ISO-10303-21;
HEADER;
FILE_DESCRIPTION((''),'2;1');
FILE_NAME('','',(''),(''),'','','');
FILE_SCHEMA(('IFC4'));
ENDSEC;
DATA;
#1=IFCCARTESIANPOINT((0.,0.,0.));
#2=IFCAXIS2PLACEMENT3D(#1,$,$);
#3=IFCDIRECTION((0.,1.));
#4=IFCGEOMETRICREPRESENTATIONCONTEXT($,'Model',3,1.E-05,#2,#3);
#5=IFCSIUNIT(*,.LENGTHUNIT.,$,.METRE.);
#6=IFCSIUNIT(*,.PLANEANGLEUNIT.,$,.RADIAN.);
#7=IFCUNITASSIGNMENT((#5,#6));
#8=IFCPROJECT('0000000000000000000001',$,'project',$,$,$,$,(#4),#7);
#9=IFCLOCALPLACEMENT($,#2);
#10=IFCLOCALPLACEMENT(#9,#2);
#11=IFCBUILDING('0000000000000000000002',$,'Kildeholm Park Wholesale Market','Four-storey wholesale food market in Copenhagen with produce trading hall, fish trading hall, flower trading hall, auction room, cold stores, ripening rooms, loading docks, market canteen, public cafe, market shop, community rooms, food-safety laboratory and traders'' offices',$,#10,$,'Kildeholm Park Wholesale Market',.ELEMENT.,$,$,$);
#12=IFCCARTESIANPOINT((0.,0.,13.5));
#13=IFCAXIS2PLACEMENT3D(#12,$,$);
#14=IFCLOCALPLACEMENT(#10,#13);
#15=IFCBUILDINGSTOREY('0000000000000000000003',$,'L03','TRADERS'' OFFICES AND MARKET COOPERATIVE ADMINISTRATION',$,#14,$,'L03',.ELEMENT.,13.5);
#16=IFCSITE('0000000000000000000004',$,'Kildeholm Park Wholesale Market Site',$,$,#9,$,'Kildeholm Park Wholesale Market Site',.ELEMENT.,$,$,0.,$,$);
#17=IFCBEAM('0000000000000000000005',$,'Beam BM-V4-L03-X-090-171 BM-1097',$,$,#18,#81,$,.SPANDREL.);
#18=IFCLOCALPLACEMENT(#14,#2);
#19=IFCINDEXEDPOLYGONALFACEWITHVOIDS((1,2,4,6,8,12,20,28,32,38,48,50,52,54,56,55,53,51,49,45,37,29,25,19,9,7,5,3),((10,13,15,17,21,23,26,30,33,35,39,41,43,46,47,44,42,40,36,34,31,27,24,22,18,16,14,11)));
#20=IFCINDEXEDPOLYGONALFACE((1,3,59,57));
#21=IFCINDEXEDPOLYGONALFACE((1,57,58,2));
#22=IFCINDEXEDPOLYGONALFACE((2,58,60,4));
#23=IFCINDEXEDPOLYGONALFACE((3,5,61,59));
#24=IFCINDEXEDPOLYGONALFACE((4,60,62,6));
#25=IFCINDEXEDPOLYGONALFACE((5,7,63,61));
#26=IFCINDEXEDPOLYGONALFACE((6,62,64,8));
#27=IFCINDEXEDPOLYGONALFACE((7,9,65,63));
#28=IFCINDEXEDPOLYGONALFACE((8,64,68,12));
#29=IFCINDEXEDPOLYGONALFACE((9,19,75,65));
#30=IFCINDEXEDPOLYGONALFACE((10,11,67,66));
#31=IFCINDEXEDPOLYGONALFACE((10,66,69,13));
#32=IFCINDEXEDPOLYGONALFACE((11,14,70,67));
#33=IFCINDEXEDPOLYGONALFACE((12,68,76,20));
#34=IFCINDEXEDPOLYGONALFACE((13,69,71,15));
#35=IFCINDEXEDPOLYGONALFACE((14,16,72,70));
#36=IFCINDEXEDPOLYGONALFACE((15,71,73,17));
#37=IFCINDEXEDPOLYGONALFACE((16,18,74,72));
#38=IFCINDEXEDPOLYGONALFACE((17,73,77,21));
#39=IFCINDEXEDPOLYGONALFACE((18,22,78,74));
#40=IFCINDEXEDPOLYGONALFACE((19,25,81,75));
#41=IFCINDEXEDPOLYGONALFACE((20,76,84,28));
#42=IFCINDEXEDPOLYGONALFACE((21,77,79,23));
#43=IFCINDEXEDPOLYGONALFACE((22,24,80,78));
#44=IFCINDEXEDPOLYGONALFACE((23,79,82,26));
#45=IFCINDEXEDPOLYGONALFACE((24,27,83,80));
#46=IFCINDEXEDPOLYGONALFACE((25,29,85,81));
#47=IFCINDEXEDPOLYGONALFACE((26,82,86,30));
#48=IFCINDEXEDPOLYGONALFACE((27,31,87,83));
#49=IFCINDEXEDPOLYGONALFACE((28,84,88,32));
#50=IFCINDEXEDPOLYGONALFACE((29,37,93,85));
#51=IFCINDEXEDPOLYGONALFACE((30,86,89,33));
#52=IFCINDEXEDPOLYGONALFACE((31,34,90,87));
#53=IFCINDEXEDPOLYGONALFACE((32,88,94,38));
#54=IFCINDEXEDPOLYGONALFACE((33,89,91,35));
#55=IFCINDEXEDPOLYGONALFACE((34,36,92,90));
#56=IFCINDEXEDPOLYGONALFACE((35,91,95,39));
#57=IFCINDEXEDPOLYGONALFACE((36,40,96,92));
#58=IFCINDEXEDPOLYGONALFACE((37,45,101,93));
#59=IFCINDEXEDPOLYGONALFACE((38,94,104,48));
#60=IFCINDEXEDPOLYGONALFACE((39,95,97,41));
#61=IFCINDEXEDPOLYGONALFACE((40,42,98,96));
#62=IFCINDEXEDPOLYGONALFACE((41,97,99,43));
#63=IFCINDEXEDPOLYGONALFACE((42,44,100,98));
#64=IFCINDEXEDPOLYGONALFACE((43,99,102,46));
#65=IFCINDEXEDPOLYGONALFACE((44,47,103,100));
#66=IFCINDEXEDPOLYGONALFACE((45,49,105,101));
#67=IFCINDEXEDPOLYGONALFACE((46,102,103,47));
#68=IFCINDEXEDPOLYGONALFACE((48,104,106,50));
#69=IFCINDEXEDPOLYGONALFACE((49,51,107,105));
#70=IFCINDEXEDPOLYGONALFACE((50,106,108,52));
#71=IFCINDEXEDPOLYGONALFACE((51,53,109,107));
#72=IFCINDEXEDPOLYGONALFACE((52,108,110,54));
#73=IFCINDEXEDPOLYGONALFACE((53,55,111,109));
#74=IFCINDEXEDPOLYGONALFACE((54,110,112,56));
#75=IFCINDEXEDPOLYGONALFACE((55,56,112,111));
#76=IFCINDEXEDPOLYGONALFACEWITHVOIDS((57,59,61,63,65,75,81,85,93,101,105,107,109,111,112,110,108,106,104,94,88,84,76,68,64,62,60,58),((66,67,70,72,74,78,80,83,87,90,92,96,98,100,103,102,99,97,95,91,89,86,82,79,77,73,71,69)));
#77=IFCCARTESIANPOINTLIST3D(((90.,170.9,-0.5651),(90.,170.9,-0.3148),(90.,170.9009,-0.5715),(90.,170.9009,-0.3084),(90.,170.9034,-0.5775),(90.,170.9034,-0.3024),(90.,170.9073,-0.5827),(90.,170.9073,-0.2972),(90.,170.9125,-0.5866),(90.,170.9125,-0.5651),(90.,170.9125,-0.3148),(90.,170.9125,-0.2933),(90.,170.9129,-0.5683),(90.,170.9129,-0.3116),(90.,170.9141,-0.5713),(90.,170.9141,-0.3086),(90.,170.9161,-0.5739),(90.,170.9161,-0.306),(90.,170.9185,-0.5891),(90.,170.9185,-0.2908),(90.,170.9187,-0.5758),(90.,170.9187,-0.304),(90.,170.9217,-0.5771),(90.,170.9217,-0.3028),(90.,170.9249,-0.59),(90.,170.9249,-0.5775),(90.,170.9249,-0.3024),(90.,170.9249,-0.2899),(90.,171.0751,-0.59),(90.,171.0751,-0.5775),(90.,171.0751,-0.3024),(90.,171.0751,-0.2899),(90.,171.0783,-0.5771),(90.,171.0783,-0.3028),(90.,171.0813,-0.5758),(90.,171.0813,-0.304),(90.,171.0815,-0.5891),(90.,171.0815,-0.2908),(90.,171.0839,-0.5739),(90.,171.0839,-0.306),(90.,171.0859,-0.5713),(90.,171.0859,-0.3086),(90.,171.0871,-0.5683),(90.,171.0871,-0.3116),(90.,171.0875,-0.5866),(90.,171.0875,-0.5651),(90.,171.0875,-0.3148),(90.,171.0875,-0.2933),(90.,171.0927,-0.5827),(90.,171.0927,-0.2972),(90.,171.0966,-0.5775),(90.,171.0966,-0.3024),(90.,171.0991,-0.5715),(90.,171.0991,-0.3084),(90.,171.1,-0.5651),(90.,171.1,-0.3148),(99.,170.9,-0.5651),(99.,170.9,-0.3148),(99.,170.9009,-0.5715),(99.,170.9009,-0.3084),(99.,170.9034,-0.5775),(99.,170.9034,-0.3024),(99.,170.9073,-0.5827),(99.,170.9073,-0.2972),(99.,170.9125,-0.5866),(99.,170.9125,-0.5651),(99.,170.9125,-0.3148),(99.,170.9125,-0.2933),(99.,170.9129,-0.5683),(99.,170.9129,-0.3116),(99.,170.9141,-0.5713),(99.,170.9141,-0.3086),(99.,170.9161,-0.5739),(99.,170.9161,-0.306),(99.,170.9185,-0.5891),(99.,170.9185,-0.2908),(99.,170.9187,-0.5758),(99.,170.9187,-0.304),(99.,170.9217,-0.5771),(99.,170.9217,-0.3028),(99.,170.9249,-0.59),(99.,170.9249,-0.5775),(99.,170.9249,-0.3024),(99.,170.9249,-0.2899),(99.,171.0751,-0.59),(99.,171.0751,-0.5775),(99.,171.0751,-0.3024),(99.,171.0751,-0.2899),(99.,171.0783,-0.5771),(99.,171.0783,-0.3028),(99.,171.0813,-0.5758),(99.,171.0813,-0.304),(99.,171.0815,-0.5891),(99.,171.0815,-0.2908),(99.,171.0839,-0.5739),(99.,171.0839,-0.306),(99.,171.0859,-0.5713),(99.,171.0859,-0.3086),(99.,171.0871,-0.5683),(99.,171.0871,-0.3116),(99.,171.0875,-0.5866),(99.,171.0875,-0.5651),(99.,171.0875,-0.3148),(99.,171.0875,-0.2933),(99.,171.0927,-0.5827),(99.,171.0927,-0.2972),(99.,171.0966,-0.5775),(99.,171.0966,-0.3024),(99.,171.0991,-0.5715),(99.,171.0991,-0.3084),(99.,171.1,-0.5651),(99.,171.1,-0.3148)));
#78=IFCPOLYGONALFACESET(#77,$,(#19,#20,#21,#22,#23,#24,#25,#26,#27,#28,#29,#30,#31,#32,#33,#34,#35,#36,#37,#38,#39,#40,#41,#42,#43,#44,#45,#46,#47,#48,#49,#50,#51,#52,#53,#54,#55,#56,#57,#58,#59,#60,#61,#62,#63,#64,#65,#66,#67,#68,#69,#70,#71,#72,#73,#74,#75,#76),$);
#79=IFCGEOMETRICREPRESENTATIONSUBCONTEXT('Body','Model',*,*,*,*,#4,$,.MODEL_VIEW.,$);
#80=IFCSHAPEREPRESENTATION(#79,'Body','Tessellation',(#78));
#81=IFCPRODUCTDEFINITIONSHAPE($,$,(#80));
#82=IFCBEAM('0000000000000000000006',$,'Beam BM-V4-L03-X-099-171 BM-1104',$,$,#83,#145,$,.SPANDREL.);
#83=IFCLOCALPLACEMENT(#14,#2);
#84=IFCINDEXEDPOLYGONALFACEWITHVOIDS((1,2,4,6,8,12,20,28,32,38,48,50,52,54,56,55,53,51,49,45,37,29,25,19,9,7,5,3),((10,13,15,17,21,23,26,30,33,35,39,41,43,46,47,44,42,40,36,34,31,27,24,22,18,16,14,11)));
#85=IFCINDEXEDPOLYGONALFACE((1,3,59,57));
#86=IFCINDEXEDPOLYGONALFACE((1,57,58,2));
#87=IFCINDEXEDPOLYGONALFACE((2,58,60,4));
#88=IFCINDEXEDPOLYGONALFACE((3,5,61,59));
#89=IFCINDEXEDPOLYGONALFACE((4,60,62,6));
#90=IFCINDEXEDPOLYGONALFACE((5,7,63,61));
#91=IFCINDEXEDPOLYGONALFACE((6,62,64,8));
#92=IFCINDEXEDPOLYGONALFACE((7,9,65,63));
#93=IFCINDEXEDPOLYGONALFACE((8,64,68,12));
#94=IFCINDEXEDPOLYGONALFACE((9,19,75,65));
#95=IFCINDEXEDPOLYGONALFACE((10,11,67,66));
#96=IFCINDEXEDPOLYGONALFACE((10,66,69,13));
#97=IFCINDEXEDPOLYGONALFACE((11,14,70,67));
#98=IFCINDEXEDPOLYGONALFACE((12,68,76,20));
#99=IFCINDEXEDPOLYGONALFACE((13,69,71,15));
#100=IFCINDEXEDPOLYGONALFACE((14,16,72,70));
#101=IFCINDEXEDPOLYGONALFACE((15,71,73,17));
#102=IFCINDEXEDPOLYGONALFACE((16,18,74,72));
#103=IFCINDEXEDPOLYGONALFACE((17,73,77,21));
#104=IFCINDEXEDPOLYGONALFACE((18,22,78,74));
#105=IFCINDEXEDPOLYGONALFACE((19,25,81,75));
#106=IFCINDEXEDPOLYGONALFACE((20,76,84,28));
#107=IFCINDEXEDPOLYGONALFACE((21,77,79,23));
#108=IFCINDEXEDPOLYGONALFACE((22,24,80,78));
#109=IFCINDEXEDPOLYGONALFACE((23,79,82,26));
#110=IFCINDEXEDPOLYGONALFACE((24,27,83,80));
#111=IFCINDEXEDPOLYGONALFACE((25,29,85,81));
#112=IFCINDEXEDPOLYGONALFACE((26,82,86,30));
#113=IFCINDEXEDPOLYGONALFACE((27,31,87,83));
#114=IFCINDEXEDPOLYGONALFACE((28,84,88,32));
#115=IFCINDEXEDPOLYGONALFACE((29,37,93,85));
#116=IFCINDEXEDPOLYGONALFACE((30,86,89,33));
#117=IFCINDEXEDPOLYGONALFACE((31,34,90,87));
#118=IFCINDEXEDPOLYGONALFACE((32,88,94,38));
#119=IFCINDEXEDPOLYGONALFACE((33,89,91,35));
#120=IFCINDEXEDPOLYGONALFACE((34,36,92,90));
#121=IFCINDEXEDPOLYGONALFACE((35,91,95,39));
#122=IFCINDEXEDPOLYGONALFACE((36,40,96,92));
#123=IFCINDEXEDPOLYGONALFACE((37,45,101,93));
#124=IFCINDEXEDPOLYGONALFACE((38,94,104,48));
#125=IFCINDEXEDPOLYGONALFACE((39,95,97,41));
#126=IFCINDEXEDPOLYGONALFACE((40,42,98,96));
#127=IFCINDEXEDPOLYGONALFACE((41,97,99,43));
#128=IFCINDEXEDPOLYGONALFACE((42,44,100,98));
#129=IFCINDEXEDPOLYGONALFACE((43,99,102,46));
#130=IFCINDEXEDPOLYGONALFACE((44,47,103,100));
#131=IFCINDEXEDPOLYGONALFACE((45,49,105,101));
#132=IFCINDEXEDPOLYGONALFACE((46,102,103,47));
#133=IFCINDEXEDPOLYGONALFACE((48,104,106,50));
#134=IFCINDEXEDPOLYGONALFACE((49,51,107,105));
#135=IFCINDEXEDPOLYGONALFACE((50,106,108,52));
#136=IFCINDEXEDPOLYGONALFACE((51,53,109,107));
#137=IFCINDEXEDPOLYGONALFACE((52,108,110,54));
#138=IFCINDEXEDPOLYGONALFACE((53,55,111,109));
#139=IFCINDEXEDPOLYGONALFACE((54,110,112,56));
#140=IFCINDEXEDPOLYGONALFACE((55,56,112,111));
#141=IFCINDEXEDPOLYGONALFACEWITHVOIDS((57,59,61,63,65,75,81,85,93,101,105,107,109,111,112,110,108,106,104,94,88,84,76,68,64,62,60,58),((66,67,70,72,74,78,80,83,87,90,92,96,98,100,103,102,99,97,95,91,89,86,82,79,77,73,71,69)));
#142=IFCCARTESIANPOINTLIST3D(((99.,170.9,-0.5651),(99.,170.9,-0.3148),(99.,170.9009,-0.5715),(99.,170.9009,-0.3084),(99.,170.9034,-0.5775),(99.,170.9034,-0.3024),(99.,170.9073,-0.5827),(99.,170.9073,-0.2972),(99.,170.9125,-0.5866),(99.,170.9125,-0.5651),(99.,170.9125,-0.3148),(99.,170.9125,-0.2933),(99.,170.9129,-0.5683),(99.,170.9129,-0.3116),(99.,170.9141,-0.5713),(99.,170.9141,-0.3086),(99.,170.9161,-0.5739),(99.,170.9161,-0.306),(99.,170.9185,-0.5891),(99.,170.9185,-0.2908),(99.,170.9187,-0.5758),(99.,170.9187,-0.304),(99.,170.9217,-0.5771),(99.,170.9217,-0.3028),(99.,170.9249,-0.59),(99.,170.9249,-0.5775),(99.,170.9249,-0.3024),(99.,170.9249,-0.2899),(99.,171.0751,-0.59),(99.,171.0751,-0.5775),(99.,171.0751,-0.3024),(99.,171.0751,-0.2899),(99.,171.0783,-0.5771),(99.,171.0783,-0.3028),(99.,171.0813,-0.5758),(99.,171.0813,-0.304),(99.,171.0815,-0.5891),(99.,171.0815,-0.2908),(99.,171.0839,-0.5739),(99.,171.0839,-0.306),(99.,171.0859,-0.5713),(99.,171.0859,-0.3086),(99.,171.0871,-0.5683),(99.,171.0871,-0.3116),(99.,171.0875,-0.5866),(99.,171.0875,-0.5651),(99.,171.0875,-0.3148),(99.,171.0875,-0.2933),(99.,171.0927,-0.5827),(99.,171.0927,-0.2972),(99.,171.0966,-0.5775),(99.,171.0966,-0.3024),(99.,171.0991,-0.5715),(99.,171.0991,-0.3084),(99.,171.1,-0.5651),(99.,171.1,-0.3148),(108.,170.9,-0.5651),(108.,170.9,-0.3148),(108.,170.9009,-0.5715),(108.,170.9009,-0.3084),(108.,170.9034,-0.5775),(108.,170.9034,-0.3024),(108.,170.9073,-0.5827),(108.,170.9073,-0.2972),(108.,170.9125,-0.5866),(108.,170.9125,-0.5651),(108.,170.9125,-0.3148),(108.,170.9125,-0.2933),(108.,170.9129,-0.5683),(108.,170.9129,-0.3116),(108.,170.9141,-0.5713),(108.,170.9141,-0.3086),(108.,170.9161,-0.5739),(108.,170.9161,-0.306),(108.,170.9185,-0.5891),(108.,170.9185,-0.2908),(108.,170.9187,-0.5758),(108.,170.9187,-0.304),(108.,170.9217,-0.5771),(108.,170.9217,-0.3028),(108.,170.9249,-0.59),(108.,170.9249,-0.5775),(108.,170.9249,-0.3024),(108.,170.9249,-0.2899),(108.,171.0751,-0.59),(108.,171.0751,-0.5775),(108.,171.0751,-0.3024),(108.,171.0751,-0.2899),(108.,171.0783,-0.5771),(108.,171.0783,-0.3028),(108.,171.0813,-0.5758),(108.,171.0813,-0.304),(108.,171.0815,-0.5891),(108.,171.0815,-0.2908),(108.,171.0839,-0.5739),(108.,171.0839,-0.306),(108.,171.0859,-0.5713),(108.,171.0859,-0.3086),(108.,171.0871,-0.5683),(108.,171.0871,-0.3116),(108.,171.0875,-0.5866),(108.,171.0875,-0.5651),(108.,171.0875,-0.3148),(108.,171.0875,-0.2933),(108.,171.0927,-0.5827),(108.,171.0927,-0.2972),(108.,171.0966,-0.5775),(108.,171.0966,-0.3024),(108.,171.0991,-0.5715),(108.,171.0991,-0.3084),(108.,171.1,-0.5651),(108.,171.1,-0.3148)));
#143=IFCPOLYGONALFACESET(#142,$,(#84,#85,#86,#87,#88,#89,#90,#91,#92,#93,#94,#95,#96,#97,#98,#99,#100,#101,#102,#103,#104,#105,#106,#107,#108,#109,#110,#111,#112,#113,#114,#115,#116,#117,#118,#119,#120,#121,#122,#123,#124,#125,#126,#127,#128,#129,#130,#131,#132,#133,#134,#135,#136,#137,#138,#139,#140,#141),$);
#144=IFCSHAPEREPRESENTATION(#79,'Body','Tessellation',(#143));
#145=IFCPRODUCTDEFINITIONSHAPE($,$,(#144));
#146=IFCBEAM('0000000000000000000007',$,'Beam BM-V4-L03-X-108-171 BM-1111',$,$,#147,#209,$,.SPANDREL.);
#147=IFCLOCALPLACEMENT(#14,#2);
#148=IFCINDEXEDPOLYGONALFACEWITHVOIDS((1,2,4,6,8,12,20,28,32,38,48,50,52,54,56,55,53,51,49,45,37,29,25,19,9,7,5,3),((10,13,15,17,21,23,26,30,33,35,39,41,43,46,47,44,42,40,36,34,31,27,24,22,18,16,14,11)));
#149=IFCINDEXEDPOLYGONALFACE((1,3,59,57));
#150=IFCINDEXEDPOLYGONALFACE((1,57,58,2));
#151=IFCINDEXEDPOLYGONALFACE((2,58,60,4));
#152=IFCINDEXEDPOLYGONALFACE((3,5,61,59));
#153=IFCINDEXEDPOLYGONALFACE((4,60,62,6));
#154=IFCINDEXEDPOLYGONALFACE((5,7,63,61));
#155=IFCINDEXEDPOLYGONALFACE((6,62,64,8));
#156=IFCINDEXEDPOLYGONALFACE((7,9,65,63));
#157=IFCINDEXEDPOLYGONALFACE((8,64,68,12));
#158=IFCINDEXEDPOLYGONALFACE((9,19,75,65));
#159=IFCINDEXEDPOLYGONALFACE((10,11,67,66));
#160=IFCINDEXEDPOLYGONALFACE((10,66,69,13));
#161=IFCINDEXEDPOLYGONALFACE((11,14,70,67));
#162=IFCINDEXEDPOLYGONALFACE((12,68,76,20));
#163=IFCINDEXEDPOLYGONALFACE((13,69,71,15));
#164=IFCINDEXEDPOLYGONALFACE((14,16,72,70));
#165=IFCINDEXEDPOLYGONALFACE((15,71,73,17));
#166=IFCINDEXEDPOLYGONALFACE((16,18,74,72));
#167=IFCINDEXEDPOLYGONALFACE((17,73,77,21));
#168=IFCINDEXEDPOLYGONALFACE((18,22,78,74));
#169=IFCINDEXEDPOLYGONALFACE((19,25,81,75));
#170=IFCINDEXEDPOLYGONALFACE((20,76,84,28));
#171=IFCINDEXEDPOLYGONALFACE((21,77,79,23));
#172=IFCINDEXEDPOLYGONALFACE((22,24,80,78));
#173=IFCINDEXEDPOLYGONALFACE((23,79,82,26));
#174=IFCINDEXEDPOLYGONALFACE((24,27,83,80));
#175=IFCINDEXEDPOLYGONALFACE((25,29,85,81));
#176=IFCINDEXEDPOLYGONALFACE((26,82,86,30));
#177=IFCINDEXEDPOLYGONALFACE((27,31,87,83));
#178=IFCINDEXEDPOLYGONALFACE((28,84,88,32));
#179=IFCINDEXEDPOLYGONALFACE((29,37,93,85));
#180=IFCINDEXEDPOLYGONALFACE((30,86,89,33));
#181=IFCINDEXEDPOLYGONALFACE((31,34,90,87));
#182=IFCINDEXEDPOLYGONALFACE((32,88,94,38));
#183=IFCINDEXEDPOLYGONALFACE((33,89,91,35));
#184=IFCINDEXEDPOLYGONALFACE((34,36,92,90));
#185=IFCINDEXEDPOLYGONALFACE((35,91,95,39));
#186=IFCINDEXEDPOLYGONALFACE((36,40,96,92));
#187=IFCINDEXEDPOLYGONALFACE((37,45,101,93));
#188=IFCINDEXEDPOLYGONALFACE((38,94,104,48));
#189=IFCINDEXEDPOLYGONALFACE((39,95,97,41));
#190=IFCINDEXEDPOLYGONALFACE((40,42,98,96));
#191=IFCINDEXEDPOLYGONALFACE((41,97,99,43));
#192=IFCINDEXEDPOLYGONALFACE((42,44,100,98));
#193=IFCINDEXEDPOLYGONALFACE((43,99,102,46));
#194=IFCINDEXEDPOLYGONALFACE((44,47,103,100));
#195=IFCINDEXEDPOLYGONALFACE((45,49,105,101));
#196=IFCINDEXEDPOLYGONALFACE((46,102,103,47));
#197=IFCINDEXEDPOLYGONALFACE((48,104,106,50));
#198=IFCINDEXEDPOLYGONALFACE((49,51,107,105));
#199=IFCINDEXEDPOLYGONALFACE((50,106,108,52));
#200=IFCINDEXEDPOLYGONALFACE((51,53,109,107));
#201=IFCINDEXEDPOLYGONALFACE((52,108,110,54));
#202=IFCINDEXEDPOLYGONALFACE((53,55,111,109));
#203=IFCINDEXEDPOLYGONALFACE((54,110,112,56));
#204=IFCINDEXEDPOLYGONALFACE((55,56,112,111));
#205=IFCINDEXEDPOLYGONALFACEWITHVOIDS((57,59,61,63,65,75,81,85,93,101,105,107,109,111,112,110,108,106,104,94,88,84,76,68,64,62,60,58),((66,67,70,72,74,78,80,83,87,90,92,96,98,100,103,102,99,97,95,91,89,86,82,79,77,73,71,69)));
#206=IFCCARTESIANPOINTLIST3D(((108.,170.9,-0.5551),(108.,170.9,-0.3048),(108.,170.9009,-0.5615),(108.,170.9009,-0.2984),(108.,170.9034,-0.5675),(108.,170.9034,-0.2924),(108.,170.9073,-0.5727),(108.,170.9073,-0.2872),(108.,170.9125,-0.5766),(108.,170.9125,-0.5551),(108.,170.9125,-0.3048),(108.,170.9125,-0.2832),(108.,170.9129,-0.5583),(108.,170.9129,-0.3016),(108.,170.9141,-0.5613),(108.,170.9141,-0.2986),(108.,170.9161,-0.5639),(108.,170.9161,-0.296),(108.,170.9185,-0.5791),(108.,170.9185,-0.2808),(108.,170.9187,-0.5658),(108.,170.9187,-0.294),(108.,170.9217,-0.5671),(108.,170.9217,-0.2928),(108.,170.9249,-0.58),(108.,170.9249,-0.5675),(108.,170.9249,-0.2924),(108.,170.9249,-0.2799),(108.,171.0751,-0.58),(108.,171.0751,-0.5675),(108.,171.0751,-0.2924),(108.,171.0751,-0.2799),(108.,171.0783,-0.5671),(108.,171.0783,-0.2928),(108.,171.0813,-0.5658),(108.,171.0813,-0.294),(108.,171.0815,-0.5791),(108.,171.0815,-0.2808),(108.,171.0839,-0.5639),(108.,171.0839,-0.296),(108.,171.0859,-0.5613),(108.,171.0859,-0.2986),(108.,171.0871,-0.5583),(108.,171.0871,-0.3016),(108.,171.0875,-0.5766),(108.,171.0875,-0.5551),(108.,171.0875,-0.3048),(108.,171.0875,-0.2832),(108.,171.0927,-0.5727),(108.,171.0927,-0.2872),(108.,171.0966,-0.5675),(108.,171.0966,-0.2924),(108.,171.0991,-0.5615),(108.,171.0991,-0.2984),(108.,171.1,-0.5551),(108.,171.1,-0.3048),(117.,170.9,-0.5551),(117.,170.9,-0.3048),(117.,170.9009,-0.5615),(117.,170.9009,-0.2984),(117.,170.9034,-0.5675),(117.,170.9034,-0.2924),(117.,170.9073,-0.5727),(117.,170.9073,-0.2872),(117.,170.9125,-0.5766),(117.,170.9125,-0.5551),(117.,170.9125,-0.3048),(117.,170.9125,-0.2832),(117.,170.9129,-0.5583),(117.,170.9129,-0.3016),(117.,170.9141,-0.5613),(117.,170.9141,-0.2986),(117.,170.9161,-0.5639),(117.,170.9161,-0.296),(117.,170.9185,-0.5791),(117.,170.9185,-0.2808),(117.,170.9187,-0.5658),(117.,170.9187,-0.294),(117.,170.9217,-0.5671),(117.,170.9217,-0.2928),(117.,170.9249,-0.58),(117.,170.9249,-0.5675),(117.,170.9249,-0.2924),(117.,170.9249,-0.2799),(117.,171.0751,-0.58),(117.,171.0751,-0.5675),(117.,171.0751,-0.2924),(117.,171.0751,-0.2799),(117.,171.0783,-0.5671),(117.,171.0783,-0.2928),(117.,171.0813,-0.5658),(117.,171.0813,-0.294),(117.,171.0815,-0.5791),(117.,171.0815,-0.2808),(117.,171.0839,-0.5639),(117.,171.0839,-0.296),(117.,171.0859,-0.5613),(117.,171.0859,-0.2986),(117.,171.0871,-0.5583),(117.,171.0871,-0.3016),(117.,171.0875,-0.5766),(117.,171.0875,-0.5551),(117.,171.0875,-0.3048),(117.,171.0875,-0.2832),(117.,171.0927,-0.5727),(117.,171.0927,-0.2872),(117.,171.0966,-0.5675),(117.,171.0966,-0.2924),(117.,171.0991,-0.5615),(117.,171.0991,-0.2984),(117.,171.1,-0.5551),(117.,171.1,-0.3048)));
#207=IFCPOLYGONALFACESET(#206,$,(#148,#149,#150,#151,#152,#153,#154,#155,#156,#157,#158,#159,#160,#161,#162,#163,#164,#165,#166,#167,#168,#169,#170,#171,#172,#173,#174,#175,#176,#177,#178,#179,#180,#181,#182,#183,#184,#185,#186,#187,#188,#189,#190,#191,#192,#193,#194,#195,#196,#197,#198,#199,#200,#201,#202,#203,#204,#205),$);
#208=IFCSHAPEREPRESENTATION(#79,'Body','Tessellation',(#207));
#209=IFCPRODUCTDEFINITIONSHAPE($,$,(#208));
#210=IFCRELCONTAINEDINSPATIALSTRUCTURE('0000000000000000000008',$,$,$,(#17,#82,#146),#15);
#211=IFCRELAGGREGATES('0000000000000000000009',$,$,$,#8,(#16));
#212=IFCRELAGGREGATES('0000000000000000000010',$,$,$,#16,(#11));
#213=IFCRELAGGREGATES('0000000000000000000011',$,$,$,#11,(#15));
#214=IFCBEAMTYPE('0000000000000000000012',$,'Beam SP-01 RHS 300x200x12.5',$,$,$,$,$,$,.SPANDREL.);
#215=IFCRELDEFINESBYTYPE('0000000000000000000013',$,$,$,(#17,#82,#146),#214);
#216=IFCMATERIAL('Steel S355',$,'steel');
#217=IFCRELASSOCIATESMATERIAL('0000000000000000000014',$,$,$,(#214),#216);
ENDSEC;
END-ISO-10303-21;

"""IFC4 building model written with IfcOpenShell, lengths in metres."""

from ifc_helpers import new_model, si_unit, direction, frame, origin, origin_2d, place, context, subcontext, project, spatial, hollow_rectangle, extrude, material, material_profile, profile_set, type_object, element, save


model = new_model("IFC4")

# Units and contexts
model_context = context("Model", 3, precision=1e-05, world=origin(), true_north=direction((0.0, 1.0)))
body_context = subcontext(model_context, "Body", "Model", "MODEL_VIEW")
ifc_project = project(units=[si_unit("LENGTHUNIT", "METRE"), si_unit("PLANEANGLEUNIT", "RADIAN")], contexts=[model_context])

# Site, building, storey
site_placement = place(None, origin())
site = spatial("IfcSite", under=ifc_project, at=site_placement, Name="Kildeholm Park Wholesale Market Site", LongName="Kildeholm Park Wholesale Market Site", CompositionType="ELEMENT", RefElevation=0.0)
building_placement = place(site_placement, origin())
building = spatial("IfcBuilding", under=site, at=building_placement, Name="Kildeholm Park Wholesale Market", Description="Four-storey wholesale food market in Copenhagen with produce trading hall, fish trading hall, flower trading hall, auction room, cold stores, ripening rooms, loading docks, market canteen, public cafe, market shop, community rooms, food-safety laboratory and traders' offices", LongName="Kildeholm Park Wholesale Market", CompositionType="ELEMENT")
storey_placement = place(building_placement, frame((0.0, 0.0, 13.5)))
storey = spatial("IfcBuildingStorey", under=building, at=storey_placement, Name="L03", Description="TRADERS' OFFICES AND MARKET COOPERATIVE ADMINISTRATION", LongName="L03", CompositionType="ELEMENT", Elevation=13.5)

# Beams
ifc_material_1 = material(Name="Steel S355", Category="steel")
ifc_material_profile_1 = material_profile(ifc_material_1, hollow_rectangle(XDim=0.2, YDim=0.3, WallThickness=0.0125, InnerFilletRadius=0.0125, OuterFilletRadius=0.0249, at=origin_2d()), Name="RHS 300x200x12.5")
ifc_profile_set_1 = profile_set([ifc_material_profile_1], Name="Steel S355")
beam_type_1 = type_object("IfcBeamType", Name="Beam SP-01 RHS 300x200x12.5", PredefinedType="SPANDREL", material=ifc_profile_set_1)
for number, where, z_axis, x_axis, name in (
    (1, (90.0, 171.0, -0.4399), (1.0, 0.0, 0.0), (0.0, 1.0, 0.0), "Beam BM-V4-L03-X-090-171 BM-1097"),
    (2, (99.0, 171.0, -0.4399), (1.0, 0.0, 0.0), (0.0, 1.0, 0.0), "Beam BM-V4-L03-X-099-171 BM-1104"),
    (3, (108.0, 171.0, -0.4299), (1.0, 0.0, 0.0), (0.0, 1.0, 0.0), "Beam BM-V4-L03-X-108-171 BM-1111"),
):
    element("IfcBeam", number, at=place(storey_placement, frame(where, z_axis=z_axis, x_axis=x_axis)), inside=storey, type_object=beam_type_1, Name=name, PredefinedType="SPANDREL", context=body_context, shape_type="SweptSolid", body=[
        extrude(hollow_rectangle(XDim=0.2, YDim=0.3, WallThickness=0.0125, InnerFilletRadius=0.0125, OuterFilletRadius=0.0249, at=origin_2d()), origin(), (0.0, 0.0, 1.0), 9.0),
    ])

save(model, "model.ifc")
